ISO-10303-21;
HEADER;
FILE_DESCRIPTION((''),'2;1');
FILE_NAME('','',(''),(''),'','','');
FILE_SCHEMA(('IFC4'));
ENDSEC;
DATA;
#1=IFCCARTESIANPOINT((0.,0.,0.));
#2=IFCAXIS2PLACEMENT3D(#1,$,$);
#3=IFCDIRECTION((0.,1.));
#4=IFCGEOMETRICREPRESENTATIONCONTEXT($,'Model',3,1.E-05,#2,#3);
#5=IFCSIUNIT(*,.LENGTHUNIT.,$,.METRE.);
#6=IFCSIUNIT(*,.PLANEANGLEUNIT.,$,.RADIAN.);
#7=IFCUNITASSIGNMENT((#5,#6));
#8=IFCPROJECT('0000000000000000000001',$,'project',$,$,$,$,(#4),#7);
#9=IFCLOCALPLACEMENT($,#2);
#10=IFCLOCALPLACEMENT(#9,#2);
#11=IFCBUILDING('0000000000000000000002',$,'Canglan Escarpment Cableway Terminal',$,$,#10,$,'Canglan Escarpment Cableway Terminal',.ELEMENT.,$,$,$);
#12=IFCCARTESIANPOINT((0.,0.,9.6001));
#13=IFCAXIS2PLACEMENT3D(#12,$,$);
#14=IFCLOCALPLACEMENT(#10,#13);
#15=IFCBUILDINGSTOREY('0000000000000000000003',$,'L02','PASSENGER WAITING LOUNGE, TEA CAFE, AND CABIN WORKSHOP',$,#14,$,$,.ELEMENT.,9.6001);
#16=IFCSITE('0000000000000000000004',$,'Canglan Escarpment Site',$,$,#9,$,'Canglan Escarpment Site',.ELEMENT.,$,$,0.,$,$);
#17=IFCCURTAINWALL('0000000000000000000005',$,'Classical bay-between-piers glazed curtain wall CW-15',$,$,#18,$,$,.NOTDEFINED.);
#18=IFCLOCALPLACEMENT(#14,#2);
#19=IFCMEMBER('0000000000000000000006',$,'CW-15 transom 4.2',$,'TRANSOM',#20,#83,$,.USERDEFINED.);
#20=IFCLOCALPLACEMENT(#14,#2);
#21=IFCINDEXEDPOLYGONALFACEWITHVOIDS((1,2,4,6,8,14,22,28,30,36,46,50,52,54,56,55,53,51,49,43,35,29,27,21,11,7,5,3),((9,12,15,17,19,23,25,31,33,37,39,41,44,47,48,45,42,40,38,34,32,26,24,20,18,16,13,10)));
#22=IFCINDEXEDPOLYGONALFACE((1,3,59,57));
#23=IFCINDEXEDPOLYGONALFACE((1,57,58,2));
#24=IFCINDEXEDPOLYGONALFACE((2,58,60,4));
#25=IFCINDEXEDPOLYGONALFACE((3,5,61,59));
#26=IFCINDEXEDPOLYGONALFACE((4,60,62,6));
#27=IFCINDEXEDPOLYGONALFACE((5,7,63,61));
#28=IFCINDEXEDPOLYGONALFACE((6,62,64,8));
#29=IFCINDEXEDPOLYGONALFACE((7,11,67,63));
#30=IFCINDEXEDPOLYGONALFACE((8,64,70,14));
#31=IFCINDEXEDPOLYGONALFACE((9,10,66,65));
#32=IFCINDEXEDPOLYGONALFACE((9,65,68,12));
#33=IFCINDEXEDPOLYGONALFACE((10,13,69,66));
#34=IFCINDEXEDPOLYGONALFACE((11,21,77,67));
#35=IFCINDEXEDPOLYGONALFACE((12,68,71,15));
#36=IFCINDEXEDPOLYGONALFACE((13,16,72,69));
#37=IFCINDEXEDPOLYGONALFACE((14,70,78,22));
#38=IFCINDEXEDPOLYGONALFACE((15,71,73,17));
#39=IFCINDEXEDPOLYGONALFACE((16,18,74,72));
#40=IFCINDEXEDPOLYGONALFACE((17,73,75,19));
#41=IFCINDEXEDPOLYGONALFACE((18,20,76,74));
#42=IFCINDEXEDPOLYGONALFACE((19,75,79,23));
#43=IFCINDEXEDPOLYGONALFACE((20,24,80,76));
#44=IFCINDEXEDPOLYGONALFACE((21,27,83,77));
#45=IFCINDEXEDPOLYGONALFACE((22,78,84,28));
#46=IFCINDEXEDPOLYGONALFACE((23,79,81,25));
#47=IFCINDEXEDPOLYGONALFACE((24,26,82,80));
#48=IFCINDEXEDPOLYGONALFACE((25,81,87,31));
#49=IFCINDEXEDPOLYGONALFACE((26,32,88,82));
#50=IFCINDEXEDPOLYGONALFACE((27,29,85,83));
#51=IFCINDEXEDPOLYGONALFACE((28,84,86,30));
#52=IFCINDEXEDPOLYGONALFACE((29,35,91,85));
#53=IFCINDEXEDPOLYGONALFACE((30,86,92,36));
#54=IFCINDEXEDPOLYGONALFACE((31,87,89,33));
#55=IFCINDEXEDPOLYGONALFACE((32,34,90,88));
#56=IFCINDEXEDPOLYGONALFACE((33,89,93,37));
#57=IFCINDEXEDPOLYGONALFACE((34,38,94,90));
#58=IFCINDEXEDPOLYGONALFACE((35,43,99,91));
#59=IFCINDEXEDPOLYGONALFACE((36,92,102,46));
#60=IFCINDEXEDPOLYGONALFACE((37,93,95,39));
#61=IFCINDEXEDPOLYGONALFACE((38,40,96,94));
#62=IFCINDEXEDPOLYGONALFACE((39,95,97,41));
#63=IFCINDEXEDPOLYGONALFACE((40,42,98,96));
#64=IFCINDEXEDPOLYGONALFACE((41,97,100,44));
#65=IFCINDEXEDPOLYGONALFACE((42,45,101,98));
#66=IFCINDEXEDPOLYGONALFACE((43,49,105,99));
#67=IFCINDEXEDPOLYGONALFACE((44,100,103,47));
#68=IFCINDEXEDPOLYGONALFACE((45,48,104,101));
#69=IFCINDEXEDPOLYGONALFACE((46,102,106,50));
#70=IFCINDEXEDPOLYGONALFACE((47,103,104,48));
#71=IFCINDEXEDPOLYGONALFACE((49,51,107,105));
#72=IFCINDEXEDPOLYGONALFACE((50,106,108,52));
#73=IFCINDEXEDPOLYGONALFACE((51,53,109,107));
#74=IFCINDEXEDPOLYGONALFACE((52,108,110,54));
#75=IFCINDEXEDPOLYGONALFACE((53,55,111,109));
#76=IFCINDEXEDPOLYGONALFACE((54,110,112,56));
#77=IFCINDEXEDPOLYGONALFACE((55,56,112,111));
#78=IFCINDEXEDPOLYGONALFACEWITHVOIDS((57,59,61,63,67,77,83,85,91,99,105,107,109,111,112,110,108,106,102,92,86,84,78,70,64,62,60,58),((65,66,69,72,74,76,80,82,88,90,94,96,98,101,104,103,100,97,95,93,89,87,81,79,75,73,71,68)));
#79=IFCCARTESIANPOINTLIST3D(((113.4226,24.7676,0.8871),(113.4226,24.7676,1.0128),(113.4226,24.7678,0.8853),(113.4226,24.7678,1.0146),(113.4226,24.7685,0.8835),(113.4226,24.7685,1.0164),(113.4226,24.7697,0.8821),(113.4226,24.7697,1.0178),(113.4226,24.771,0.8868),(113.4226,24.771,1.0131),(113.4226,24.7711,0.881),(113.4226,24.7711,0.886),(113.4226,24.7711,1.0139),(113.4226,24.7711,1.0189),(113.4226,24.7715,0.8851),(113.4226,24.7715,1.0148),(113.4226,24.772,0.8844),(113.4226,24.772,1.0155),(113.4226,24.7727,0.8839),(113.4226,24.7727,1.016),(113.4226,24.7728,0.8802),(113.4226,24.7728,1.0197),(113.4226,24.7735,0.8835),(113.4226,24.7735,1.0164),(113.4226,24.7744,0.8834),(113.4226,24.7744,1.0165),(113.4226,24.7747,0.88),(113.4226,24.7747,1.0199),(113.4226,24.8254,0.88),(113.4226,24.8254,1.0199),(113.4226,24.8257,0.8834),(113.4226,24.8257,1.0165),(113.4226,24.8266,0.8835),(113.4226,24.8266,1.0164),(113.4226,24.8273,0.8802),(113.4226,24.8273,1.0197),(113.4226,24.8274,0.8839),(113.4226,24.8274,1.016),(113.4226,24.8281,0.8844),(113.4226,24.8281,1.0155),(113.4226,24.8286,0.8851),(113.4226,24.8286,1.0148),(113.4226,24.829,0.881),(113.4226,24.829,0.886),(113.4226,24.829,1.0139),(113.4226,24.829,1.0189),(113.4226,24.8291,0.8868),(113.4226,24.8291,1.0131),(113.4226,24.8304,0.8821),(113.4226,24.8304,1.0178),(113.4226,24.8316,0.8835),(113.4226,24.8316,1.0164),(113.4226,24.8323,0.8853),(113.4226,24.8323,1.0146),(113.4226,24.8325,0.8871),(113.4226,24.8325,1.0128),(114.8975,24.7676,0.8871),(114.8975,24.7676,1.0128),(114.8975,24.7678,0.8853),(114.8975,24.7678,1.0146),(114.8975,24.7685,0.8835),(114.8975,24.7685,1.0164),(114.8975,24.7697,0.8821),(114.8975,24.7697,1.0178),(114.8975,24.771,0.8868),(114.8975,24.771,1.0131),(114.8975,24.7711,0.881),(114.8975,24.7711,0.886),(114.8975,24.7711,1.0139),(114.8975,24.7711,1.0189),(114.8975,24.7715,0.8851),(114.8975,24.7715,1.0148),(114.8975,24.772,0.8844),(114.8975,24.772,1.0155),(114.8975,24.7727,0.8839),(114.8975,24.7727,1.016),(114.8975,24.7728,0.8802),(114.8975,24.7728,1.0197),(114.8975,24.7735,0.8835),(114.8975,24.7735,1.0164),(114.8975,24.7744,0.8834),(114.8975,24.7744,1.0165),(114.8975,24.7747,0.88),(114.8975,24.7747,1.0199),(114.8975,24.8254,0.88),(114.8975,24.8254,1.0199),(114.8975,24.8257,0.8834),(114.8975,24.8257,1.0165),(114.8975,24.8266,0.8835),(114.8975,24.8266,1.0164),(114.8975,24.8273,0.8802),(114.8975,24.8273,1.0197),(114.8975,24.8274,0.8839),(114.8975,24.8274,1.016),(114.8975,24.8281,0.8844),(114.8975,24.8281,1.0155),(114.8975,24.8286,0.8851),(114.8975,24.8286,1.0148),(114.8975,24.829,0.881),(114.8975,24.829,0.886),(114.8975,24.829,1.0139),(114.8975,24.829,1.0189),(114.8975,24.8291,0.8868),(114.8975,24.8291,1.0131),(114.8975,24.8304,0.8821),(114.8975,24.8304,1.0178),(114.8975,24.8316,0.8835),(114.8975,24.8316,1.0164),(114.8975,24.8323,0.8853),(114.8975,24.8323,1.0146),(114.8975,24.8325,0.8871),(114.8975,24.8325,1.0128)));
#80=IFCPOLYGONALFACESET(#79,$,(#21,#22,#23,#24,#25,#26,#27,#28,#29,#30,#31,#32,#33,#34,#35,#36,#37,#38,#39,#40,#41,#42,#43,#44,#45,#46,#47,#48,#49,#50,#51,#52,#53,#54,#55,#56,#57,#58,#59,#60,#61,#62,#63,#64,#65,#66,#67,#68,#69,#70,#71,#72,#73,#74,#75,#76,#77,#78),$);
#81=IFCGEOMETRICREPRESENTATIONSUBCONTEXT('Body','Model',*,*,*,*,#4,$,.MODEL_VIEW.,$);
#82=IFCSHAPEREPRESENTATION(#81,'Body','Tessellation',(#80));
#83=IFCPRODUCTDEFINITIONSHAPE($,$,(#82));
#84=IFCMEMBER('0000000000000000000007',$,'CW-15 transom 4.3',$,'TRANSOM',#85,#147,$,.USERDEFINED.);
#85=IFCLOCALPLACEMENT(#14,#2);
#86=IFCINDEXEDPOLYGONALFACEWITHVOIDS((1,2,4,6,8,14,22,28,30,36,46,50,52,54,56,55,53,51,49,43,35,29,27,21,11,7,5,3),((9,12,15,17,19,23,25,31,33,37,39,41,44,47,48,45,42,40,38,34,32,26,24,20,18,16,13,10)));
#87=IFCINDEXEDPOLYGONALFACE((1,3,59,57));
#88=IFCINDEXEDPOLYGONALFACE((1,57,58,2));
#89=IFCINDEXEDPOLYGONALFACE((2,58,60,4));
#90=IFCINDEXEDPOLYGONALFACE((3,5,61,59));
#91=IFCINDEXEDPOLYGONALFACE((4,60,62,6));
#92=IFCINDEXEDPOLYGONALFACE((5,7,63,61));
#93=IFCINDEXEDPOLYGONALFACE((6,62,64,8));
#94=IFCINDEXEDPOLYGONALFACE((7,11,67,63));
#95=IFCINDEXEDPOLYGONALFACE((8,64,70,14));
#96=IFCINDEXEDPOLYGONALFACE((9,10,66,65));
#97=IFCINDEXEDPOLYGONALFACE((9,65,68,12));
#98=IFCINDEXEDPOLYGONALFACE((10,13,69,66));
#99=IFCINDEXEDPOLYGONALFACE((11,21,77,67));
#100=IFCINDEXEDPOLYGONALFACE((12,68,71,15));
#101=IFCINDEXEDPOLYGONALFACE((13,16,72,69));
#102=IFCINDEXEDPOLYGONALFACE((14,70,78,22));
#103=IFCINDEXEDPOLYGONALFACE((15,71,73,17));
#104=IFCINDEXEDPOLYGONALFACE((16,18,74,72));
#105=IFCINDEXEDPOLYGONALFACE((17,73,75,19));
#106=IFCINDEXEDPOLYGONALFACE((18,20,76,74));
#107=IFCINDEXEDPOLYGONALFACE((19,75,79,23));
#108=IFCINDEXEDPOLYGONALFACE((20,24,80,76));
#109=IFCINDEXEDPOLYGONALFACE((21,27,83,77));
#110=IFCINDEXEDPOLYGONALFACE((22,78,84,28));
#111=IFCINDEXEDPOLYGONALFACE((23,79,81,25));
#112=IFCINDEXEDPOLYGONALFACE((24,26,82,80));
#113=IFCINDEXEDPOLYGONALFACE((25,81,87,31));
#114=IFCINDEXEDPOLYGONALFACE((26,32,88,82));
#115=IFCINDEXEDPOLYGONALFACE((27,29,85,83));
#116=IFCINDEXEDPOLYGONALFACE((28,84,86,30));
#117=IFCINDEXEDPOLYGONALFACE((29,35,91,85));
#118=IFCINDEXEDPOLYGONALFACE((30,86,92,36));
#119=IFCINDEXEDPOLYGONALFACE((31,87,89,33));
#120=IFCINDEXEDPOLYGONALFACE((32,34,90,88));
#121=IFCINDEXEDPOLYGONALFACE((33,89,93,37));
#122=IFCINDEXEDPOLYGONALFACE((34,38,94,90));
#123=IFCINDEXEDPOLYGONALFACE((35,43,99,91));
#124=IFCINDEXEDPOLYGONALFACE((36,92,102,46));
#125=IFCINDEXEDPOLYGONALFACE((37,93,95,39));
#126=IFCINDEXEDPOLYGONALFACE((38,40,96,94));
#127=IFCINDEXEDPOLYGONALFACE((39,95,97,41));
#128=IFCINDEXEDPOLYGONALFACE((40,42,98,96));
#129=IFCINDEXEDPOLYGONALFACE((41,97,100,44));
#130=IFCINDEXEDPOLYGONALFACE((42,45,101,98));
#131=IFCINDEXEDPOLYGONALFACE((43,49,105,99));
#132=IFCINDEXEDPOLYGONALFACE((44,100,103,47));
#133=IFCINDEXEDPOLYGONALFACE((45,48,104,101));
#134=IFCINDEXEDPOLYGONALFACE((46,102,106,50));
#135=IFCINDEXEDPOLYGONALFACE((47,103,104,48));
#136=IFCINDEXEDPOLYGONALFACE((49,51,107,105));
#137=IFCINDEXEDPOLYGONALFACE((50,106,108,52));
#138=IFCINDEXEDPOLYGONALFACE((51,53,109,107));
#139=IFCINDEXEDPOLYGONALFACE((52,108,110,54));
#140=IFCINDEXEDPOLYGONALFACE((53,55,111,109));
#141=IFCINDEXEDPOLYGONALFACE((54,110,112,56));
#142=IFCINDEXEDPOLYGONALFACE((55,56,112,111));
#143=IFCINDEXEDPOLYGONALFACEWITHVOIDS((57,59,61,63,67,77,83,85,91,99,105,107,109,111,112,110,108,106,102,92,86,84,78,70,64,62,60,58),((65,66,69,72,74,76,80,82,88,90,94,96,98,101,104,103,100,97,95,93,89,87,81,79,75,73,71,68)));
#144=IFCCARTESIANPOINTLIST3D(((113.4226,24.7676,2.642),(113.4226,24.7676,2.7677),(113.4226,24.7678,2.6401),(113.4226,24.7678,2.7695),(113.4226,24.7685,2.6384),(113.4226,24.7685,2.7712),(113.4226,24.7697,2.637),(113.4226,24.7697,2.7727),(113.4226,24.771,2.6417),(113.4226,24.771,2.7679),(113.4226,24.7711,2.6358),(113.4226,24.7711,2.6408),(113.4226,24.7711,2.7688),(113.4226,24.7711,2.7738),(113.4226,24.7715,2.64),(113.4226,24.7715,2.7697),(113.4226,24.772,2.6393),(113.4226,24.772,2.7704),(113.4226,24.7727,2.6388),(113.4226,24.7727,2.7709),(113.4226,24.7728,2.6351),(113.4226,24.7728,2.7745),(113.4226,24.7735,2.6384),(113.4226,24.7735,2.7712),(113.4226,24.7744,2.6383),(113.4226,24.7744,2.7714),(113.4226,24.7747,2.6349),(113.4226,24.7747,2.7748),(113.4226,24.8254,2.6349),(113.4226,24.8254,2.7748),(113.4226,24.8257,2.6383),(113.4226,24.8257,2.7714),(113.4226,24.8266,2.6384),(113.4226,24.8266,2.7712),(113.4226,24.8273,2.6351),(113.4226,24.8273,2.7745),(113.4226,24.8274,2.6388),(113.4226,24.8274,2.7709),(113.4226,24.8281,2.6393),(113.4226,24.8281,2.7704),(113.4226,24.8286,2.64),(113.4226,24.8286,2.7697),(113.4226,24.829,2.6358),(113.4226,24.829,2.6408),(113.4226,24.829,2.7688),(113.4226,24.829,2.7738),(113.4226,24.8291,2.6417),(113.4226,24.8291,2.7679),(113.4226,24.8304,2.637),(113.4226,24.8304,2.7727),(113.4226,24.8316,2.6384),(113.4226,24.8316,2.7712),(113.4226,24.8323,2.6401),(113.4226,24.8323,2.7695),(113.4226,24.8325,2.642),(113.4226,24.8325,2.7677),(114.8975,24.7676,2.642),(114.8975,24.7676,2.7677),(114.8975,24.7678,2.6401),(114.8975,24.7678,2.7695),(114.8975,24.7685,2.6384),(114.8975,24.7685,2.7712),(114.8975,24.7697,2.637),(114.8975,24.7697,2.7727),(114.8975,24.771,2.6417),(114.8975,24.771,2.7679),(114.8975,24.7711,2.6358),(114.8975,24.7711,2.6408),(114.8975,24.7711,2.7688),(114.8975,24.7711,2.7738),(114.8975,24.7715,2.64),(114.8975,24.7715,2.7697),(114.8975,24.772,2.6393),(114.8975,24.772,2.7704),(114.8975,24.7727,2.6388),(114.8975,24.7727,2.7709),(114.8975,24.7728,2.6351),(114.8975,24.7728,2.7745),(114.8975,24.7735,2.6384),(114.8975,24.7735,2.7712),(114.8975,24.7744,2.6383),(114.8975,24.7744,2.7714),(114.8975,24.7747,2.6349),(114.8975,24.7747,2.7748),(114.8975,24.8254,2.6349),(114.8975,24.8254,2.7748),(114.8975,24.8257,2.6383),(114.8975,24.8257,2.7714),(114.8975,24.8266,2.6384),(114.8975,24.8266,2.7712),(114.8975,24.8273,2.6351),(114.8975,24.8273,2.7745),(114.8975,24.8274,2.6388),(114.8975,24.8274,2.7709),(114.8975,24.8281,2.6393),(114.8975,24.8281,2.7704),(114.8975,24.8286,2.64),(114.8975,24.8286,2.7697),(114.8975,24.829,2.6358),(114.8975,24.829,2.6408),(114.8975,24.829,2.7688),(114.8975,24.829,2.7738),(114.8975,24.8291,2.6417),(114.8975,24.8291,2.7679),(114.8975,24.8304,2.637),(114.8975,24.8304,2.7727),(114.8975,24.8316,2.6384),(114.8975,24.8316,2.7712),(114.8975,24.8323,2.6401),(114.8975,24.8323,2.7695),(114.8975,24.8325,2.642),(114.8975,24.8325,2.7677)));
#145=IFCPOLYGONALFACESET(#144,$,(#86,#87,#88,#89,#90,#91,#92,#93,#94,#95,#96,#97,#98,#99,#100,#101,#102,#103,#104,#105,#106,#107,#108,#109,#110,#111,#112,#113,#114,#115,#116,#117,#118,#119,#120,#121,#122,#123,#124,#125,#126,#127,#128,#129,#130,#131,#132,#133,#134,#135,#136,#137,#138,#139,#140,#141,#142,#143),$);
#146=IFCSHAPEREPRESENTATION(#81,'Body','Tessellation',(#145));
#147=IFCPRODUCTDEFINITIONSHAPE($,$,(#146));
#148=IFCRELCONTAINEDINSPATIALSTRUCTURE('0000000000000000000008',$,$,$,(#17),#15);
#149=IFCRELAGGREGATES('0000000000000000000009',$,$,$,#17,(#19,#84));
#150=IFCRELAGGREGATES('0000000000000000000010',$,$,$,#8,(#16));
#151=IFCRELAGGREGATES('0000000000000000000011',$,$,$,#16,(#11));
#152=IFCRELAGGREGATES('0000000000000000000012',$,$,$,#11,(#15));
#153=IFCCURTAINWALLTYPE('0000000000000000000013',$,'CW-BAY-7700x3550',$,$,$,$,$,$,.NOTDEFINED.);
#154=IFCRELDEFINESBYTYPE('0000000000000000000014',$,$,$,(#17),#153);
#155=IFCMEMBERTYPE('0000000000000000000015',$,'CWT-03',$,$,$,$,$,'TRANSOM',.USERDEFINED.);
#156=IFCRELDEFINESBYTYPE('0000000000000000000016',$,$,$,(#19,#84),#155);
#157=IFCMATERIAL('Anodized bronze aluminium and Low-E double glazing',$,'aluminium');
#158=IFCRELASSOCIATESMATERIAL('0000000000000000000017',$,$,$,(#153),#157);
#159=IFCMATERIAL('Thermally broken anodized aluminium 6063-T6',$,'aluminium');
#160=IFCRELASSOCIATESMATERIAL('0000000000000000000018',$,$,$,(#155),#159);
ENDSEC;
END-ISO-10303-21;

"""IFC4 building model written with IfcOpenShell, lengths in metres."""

from ifc_helpers import new_model, si_unit, direction, frame, origin, origin_2d, place, context, subcontext, project, spatial, hollow_rectangle, extrude, material, material_profile, profile_set, type_object, element, aggregate, save


model = new_model("IFC4")

# Units and contexts
model_context = context("Model", 3, precision=1e-05, world=origin(), true_north=direction((0.0, 1.0)))
body_context = subcontext(model_context, "Body", "Model", "MODEL_VIEW")
ifc_project = project(units=[si_unit("LENGTHUNIT", "METRE"), si_unit("PLANEANGLEUNIT", "RADIAN")], contexts=[model_context])

# Site, building, storey
site_placement = place(None, origin())
site = spatial("IfcSite", under=ifc_project, at=site_placement, Name="Canglan Escarpment Site", LongName="Canglan Escarpment Site", CompositionType="ELEMENT", RefElevation=0.0)
building_placement = place(site_placement, origin())
building = spatial("IfcBuilding", under=site, at=building_placement, Name="Canglan Escarpment Cableway Terminal", LongName="Canglan Escarpment Cableway Terminal", CompositionType="ELEMENT")
storey_placement = place(building_placement, frame((0.0, 0.0, 9.6001)))
storey = spatial("IfcBuildingStorey", under=building, at=storey_placement, Name="L02", Description="PASSENGER WAITING LOUNGE, TEA CAFE, AND CABIN WORKSHOP", CompositionType="ELEMENT", Elevation=9.6001)

# Curtain wall, members
ifc_material_1 = material(Name="Anodized bronze aluminium and Low-E double glazing", Category="aluminium")
curtain_wall_type = type_object("IfcCurtainWallType", Name="CW-BAY-7700x3550", PredefinedType="NOTDEFINED", material=ifc_material_1)
curtain_wall_placement = place(storey_placement, origin())
curtain_wall = element("IfcCurtainWall", 1, at=curtain_wall_placement, inside=storey, type_object=curtain_wall_type, Name="Classical bay-between-piers glazed curtain wall CW-15", PredefinedType="NOTDEFINED")
ifc_material_2 = material(Name="Thermally broken anodized aluminium 6063-T6", Category="aluminium")
ifc_material_profile_1 = material_profile(ifc_material_2, hollow_rectangle(XDim=0.0649, YDim=0.1399, WallThickness=0.0034, InnerFilletRadius=0.0034, OuterFilletRadius=0.0071, at=origin_2d()), Name="ALU-TRAN 65x140x3.5")
ifc_profile_set_1 = profile_set([ifc_material_profile_1], Name="Thermally broken anodized aluminium 6063-T6")
member_type_1 = type_object("IfcMemberType", Name="CWT-03", ElementType="TRANSOM", PredefinedType="USERDEFINED", material=ifc_profile_set_1)
member_1_placement = place(storey_placement, frame((114.8975, 24.8, 0.95), z_axis=(-1.0, 0.0, 0.0), x_axis=(0.0, -1.0, 0.0)))
member_1 = element("IfcMember", 2, at=member_1_placement, type_object=member_type_1, Name="CW-15 transom 4.2", ObjectType="TRANSOM", PredefinedType="USERDEFINED", context=body_context, shape_type="SweptSolid", body=[
    extrude(hollow_rectangle(XDim=0.0649, YDim=0.1399, WallThickness=0.0034, InnerFilletRadius=0.0034, OuterFilletRadius=0.0071, at=origin_2d()), origin(), (0.0, 0.0, 1.0), 1.4749),
])
member_2_placement = place(storey_placement, frame((114.8975, 24.8, 2.7048), z_axis=(-1.0, 0.0, 0.0), x_axis=(0.0, -1.0, 0.0)))
member_2 = element("IfcMember", 3, at=member_2_placement, type_object=member_type_1, Name="CW-15 transom 4.3", ObjectType="TRANSOM", PredefinedType="USERDEFINED", context=body_context, shape_type="SweptSolid", body=[
    extrude(hollow_rectangle(XDim=0.0649, YDim=0.1399, WallThickness=0.0034, InnerFilletRadius=0.0034, OuterFilletRadius=0.0071, at=origin_2d()), origin(), (0.0, 0.0, 1.0), 1.4749),
])

aggregate(curtain_wall, [member_1, member_2])

save(model, "model.ifc")
